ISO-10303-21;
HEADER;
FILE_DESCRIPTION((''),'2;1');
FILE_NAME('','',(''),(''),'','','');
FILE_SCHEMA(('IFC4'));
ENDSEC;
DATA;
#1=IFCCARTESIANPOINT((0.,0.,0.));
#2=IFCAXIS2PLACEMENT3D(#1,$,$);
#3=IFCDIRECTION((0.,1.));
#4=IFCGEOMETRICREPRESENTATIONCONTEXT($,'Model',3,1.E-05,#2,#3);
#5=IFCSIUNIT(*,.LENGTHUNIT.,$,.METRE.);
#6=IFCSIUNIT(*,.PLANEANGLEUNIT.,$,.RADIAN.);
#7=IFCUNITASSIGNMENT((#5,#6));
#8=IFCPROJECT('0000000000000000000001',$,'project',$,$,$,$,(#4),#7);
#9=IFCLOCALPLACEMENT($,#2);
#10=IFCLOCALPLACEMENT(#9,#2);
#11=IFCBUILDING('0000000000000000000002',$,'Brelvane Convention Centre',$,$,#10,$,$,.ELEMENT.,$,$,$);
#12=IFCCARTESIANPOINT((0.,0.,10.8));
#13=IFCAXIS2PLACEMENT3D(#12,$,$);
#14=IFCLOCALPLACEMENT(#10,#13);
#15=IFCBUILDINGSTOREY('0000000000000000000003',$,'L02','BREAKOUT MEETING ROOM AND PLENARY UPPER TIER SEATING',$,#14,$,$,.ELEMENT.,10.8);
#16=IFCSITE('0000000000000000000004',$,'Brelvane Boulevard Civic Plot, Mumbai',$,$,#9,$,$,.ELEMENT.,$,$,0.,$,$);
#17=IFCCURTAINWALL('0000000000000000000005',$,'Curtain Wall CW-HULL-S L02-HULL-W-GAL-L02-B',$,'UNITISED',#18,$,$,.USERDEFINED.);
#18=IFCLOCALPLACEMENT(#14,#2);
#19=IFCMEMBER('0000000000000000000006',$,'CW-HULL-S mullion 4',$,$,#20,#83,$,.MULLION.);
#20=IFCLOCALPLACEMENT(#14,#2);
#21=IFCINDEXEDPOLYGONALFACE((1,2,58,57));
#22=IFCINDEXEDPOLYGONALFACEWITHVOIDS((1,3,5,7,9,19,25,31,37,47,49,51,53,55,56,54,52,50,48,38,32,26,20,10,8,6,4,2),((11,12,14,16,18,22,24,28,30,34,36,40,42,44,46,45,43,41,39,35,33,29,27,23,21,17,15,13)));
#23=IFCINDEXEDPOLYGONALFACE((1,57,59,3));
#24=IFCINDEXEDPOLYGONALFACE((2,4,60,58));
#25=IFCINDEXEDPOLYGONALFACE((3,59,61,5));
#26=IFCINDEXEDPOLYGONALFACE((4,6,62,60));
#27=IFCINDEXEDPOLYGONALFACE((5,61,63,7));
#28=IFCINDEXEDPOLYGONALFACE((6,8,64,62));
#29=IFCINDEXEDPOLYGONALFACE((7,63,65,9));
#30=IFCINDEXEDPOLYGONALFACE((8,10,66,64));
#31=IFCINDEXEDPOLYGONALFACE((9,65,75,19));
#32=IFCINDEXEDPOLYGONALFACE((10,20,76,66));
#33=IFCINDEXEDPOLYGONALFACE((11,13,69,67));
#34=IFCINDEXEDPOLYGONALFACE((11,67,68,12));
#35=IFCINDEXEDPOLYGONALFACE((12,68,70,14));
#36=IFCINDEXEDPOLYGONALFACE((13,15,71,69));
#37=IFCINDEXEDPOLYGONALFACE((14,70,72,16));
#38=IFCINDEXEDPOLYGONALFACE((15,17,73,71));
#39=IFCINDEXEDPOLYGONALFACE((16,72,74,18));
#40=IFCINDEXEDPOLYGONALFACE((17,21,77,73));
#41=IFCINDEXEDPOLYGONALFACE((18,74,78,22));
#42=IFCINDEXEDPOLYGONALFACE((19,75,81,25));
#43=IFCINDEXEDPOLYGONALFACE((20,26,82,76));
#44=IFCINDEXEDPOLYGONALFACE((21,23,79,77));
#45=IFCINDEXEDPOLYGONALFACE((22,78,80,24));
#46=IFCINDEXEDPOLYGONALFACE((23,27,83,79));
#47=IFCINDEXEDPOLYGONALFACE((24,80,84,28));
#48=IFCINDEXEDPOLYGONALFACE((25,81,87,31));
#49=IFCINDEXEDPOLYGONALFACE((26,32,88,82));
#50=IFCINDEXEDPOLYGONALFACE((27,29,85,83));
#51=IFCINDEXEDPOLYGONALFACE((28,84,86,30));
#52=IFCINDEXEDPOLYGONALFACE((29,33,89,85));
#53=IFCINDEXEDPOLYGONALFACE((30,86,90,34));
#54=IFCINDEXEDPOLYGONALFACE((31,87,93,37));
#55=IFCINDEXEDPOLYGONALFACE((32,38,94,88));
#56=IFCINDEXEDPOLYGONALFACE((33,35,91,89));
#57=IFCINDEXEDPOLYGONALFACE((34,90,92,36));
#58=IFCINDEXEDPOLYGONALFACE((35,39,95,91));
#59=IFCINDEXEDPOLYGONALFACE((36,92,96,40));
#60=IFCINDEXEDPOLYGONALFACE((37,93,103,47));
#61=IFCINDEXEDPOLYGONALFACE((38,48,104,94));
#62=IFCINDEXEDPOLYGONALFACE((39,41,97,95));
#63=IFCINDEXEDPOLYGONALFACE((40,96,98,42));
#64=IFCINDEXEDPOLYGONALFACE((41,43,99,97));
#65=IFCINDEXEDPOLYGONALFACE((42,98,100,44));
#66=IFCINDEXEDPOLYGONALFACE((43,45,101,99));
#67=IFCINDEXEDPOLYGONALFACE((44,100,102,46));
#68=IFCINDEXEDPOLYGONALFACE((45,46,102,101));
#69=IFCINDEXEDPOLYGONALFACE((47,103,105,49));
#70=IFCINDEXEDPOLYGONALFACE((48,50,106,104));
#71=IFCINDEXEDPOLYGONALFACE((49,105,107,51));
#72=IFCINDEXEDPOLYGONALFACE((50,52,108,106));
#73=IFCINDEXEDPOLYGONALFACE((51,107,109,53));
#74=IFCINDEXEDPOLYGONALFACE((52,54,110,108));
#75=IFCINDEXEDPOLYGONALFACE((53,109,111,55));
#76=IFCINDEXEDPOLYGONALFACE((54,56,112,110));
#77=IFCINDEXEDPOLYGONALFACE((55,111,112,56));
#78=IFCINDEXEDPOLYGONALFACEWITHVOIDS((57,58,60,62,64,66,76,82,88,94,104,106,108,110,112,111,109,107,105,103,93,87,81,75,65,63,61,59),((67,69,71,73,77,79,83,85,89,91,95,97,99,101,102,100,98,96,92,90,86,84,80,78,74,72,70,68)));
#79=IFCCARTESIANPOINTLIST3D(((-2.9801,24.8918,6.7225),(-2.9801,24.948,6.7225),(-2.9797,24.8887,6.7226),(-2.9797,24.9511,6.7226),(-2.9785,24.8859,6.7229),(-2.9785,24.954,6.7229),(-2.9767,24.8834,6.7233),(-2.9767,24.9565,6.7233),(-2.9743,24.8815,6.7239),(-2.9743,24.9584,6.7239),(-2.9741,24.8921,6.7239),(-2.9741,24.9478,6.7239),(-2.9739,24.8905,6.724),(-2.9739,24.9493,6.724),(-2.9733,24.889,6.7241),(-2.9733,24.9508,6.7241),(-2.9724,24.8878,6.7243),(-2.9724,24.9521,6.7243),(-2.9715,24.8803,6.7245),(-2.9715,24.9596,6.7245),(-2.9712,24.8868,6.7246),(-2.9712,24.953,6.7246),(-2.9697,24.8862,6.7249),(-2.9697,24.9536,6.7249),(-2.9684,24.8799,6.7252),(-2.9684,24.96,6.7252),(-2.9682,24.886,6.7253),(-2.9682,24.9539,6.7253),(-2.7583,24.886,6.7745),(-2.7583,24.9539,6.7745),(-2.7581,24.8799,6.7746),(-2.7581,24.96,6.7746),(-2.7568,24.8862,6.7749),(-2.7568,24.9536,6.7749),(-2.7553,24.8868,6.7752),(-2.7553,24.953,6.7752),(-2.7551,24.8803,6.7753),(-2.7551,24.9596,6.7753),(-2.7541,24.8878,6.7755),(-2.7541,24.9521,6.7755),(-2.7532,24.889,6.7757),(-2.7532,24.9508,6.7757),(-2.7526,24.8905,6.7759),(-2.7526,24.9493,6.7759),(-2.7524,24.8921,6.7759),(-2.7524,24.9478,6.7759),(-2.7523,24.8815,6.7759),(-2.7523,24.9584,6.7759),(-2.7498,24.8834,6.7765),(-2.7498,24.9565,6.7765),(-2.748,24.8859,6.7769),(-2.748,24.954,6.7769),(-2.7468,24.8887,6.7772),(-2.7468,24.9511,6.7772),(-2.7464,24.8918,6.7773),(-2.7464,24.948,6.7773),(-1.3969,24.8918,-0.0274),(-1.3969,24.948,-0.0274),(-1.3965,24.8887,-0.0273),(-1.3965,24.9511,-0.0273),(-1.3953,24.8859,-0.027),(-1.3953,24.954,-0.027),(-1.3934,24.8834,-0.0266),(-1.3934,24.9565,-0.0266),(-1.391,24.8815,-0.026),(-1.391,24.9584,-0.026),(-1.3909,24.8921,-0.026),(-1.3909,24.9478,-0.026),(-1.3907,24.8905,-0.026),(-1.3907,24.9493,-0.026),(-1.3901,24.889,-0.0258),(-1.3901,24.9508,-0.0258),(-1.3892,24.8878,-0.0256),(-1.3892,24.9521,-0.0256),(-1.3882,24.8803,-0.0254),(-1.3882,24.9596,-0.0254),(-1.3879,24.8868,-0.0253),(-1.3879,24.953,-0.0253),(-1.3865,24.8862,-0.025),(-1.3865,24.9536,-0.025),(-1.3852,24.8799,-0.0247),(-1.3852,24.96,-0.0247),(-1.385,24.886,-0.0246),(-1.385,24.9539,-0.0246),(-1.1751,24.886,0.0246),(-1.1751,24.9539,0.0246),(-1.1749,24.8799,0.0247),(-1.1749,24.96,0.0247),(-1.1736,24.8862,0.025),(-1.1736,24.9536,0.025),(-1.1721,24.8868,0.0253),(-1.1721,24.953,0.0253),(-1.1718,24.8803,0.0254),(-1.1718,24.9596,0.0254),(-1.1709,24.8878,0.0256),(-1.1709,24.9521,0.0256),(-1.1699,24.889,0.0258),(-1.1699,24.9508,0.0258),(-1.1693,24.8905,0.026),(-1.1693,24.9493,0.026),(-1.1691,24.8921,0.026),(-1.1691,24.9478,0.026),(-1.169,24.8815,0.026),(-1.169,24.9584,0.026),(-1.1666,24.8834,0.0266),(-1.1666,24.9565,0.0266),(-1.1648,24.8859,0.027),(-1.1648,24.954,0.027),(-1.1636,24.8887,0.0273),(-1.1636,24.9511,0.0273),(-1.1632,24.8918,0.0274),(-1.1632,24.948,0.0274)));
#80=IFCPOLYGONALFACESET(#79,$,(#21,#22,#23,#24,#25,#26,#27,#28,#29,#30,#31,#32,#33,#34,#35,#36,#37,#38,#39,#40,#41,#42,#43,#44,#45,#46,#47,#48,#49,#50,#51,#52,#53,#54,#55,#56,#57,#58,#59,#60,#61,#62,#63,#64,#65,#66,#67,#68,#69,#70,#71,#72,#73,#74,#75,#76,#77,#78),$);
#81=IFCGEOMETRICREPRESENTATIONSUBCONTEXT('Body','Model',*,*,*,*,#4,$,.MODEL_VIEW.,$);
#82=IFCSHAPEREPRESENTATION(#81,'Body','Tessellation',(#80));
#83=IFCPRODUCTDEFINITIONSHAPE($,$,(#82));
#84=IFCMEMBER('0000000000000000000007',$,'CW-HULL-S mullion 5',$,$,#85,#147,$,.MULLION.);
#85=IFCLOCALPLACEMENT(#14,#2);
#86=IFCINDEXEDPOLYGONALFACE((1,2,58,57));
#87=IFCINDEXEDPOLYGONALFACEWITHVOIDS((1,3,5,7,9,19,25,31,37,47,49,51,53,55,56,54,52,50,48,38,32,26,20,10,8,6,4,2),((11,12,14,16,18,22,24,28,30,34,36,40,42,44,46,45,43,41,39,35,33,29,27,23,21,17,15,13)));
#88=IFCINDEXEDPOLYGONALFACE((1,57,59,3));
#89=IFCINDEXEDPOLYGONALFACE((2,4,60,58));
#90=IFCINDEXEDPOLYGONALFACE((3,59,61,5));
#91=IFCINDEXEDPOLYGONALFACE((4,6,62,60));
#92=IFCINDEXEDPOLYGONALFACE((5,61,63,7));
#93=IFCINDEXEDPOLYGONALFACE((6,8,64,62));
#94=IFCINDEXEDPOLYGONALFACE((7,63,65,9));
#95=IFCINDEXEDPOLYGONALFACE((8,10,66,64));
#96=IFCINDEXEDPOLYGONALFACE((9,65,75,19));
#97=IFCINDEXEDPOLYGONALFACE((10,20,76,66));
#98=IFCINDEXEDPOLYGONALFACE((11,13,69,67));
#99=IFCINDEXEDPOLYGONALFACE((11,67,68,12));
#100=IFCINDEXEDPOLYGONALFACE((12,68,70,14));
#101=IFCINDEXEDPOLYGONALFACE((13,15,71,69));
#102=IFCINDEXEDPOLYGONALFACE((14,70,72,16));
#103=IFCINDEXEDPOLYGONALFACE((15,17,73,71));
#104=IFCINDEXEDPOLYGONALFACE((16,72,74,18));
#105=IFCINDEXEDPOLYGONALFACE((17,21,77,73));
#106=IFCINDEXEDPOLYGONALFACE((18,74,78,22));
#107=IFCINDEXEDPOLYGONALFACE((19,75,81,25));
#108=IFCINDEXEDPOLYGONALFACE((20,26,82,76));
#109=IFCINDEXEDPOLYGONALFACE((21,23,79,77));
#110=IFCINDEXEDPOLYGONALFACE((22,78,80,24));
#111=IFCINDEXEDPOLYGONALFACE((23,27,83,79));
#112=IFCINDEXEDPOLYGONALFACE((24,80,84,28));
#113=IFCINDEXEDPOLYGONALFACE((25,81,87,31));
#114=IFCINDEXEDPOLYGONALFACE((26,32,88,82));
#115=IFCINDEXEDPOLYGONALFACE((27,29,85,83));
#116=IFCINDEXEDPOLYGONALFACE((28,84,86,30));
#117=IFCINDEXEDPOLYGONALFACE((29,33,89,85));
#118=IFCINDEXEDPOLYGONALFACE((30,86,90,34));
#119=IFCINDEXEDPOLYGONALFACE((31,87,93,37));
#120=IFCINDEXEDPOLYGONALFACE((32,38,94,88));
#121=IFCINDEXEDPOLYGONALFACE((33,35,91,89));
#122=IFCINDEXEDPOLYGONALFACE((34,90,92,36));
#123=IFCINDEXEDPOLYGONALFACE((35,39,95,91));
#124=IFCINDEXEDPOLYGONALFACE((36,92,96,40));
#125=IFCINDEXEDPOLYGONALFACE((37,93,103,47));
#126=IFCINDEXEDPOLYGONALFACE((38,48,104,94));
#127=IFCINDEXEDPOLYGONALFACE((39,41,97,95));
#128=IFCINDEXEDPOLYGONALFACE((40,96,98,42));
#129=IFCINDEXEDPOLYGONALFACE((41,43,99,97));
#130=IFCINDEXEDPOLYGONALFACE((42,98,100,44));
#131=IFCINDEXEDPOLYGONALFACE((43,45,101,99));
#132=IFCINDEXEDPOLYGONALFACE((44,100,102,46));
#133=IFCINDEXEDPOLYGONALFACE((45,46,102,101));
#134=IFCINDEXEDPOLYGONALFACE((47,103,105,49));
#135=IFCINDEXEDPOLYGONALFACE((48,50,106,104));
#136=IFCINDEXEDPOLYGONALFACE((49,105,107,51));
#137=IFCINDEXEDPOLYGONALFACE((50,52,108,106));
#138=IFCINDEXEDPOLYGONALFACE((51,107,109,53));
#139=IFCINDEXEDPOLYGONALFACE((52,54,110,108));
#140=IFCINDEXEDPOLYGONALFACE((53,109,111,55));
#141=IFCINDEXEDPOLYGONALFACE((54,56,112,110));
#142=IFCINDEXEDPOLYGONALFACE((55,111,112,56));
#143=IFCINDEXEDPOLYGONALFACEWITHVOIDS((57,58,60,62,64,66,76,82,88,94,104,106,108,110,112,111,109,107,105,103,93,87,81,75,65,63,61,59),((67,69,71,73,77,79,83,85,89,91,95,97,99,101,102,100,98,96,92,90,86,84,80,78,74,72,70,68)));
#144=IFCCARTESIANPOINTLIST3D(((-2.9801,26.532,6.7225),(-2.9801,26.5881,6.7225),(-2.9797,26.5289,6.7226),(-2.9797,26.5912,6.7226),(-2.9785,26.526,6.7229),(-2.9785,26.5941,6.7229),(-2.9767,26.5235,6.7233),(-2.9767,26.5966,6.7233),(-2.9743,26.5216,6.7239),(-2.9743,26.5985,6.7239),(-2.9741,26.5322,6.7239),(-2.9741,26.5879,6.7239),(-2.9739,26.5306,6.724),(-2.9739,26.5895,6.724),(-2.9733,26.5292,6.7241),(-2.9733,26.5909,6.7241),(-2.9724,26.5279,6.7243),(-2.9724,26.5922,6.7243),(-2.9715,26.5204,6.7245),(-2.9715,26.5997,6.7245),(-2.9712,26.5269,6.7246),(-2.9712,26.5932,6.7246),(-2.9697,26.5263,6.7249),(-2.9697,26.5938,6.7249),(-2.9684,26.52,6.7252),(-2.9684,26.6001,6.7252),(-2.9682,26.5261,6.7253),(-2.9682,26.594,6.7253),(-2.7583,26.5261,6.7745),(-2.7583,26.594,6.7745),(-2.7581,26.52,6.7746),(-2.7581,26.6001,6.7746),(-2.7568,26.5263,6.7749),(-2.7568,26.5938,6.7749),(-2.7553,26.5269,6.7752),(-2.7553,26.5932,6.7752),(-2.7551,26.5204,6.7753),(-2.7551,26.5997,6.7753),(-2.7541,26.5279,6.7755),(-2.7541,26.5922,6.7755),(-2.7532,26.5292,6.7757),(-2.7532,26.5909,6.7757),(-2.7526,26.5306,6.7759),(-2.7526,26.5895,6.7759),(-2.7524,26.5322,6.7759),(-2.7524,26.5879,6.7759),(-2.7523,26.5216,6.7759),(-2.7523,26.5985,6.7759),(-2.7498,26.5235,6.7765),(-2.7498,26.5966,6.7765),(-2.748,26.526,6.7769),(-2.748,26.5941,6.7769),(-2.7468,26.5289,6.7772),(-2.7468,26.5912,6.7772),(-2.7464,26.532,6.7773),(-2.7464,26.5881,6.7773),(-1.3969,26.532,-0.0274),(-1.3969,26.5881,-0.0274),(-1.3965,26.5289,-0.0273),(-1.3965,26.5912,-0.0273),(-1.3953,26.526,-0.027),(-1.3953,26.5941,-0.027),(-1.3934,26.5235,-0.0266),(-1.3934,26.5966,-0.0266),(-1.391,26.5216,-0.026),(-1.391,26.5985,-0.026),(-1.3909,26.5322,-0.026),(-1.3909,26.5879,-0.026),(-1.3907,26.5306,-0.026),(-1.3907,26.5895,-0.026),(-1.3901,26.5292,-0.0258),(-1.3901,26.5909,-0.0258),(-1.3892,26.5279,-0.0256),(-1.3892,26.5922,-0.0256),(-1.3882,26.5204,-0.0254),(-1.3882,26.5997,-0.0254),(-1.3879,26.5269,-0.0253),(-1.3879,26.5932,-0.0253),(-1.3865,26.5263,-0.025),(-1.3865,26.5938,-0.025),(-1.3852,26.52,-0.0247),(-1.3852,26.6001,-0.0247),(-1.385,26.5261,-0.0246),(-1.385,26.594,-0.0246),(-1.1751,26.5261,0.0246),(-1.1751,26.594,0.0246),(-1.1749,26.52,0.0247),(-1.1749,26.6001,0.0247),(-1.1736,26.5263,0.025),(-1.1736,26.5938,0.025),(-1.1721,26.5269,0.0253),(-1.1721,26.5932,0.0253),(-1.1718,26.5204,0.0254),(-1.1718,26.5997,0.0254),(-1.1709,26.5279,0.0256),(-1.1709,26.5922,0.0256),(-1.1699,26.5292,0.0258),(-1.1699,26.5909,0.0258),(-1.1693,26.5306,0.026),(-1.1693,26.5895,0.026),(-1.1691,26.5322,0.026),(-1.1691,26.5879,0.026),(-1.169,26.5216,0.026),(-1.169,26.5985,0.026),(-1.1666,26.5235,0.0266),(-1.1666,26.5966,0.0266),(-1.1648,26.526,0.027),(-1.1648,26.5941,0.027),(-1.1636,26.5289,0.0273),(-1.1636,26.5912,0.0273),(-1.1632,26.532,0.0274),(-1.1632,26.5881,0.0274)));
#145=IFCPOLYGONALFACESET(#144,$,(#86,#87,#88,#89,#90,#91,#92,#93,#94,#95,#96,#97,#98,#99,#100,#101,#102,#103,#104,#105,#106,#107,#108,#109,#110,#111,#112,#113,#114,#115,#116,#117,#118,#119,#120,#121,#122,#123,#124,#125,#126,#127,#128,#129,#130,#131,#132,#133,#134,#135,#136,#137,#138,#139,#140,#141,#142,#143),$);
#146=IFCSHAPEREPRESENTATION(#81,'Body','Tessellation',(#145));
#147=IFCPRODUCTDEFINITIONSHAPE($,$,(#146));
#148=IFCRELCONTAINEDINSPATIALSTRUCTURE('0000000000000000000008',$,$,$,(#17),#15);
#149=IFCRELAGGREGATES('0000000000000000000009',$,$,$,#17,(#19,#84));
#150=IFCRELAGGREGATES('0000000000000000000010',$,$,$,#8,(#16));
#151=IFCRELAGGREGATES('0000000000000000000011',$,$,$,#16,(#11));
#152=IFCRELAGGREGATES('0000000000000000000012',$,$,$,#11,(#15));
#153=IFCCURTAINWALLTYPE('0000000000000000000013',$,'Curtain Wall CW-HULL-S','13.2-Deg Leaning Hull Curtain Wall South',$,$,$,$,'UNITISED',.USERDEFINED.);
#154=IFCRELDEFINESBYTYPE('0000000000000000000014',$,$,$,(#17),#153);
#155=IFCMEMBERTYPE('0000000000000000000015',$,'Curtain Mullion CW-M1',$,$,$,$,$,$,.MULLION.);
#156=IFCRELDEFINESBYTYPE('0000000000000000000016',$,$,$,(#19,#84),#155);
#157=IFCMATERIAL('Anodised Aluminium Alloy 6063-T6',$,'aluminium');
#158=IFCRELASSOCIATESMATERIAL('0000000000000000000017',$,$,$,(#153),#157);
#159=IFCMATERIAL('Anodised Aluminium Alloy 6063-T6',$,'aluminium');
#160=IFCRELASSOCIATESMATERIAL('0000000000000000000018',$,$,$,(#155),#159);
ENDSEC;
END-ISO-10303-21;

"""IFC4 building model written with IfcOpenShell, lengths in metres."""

from ifc_helpers import new_model, si_unit, direction, frame, origin, origin_2d, place, context, subcontext, project, spatial, hollow_rectangle, extrude, material, material_profile, profile_set, type_object, element, aggregate, save


model = new_model("IFC4")

# Units and contexts
model_context = context("Model", 3, precision=1e-05, world=origin(), true_north=direction((0.0, 1.0)))
body_context = subcontext(model_context, "Body", "Model", "MODEL_VIEW")
ifc_project = project(units=[si_unit("LENGTHUNIT", "METRE"), si_unit("PLANEANGLEUNIT", "RADIAN")], contexts=[model_context])

# Site, building, storey
site_placement = place(None, origin())
site = spatial("IfcSite", under=ifc_project, at=site_placement, Name="Brelvane Boulevard Civic Plot, Mumbai", CompositionType="ELEMENT", RefElevation=0.0)
building_placement = place(site_placement, origin())
building = spatial("IfcBuilding", under=site, at=building_placement, Name="Brelvane Convention Centre", CompositionType="ELEMENT")
storey_placement = place(building_placement, frame((0.0, 0.0, 10.8)))
storey = spatial("IfcBuildingStorey", under=building, at=storey_placement, Name="L02", Description="BREAKOUT MEETING ROOM AND PLENARY UPPER TIER SEATING", CompositionType="ELEMENT", Elevation=10.8)

# Curtain wall, members
ifc_material_1 = material(Name="Anodised Aluminium Alloy 6063-T6", Category="aluminium")
curtain_wall_type = type_object("IfcCurtainWallType", Name="Curtain Wall CW-HULL-S", Description="13.2-Deg Leaning Hull Curtain Wall South", ElementType="UNITISED", PredefinedType="USERDEFINED", material=ifc_material_1)
ifc_material_2 = material(Name="Anodised Aluminium Alloy 6063-T6", Category="aluminium")
ifc_material_profile_1 = material_profile(ifc_material_2, hollow_rectangle(XDim=0.0801, YDim=0.24, WallThickness=0.0061, InnerFilletRadius=0.0061, OuterFilletRadius=0.012, at=origin_2d()), Name="ALU-M 240x80x6.0")
ifc_profile_set_1 = profile_set([ifc_material_profile_1], Name="Anodised Aluminium Alloy 6063-T6")
member_type_1 = type_object("IfcMemberType", Name="Curtain Mullion CW-M1", PredefinedType="MULLION", material=ifc_profile_set_1)
curtain_wall_1_placement = place(storey_placement, origin())
curtain_wall_1 = element("IfcCurtainWall", 1, at=curtain_wall_1_placement, inside=storey, type_object=curtain_wall_type, Name="Curtain Wall CW-HULL-S L02-HULL-W-GAL-L02-B", ObjectType="UNITISED", PredefinedType="USERDEFINED")
member_1_placement = place(storey_placement, frame((-1.28, 24.9199, 0.0), z_axis=(-0.228358, 0.0, 0.973577), x_axis=(0.0, -1.0, 0.0)))
member_1 = element("IfcMember", 2, at=member_1_placement, type_object=member_type_1, Name="CW-HULL-S mullion 4", PredefinedType="MULLION", context=body_context, shape_type="SweptSolid", body=[
    extrude(hollow_rectangle(XDim=0.0801, YDim=0.24, WallThickness=0.0061, InnerFilletRadius=0.0061, OuterFilletRadius=0.012, at=origin_2d()), origin(), (0.0, 0.0, 1.0), 6.9331),
])
member_2_placement = place(storey_placement, frame((-1.28, 26.5601, 0.0), z_axis=(-0.228358, 0.0, 0.973577), x_axis=(0.0, -1.0, 0.0)))
member_2 = element("IfcMember", 3, at=member_2_placement, type_object=member_type_1, Name="CW-HULL-S mullion 5", PredefinedType="MULLION", context=body_context, shape_type="SweptSolid", body=[
    extrude(hollow_rectangle(XDim=0.0801, YDim=0.24, WallThickness=0.0061, InnerFilletRadius=0.0061, OuterFilletRadius=0.012, at=origin_2d()), origin(), (0.0, 0.0, 1.0), 6.9331),
])
aggregate(curtain_wall_1, [member_1, member_2])

save(model, "model.ifc")
